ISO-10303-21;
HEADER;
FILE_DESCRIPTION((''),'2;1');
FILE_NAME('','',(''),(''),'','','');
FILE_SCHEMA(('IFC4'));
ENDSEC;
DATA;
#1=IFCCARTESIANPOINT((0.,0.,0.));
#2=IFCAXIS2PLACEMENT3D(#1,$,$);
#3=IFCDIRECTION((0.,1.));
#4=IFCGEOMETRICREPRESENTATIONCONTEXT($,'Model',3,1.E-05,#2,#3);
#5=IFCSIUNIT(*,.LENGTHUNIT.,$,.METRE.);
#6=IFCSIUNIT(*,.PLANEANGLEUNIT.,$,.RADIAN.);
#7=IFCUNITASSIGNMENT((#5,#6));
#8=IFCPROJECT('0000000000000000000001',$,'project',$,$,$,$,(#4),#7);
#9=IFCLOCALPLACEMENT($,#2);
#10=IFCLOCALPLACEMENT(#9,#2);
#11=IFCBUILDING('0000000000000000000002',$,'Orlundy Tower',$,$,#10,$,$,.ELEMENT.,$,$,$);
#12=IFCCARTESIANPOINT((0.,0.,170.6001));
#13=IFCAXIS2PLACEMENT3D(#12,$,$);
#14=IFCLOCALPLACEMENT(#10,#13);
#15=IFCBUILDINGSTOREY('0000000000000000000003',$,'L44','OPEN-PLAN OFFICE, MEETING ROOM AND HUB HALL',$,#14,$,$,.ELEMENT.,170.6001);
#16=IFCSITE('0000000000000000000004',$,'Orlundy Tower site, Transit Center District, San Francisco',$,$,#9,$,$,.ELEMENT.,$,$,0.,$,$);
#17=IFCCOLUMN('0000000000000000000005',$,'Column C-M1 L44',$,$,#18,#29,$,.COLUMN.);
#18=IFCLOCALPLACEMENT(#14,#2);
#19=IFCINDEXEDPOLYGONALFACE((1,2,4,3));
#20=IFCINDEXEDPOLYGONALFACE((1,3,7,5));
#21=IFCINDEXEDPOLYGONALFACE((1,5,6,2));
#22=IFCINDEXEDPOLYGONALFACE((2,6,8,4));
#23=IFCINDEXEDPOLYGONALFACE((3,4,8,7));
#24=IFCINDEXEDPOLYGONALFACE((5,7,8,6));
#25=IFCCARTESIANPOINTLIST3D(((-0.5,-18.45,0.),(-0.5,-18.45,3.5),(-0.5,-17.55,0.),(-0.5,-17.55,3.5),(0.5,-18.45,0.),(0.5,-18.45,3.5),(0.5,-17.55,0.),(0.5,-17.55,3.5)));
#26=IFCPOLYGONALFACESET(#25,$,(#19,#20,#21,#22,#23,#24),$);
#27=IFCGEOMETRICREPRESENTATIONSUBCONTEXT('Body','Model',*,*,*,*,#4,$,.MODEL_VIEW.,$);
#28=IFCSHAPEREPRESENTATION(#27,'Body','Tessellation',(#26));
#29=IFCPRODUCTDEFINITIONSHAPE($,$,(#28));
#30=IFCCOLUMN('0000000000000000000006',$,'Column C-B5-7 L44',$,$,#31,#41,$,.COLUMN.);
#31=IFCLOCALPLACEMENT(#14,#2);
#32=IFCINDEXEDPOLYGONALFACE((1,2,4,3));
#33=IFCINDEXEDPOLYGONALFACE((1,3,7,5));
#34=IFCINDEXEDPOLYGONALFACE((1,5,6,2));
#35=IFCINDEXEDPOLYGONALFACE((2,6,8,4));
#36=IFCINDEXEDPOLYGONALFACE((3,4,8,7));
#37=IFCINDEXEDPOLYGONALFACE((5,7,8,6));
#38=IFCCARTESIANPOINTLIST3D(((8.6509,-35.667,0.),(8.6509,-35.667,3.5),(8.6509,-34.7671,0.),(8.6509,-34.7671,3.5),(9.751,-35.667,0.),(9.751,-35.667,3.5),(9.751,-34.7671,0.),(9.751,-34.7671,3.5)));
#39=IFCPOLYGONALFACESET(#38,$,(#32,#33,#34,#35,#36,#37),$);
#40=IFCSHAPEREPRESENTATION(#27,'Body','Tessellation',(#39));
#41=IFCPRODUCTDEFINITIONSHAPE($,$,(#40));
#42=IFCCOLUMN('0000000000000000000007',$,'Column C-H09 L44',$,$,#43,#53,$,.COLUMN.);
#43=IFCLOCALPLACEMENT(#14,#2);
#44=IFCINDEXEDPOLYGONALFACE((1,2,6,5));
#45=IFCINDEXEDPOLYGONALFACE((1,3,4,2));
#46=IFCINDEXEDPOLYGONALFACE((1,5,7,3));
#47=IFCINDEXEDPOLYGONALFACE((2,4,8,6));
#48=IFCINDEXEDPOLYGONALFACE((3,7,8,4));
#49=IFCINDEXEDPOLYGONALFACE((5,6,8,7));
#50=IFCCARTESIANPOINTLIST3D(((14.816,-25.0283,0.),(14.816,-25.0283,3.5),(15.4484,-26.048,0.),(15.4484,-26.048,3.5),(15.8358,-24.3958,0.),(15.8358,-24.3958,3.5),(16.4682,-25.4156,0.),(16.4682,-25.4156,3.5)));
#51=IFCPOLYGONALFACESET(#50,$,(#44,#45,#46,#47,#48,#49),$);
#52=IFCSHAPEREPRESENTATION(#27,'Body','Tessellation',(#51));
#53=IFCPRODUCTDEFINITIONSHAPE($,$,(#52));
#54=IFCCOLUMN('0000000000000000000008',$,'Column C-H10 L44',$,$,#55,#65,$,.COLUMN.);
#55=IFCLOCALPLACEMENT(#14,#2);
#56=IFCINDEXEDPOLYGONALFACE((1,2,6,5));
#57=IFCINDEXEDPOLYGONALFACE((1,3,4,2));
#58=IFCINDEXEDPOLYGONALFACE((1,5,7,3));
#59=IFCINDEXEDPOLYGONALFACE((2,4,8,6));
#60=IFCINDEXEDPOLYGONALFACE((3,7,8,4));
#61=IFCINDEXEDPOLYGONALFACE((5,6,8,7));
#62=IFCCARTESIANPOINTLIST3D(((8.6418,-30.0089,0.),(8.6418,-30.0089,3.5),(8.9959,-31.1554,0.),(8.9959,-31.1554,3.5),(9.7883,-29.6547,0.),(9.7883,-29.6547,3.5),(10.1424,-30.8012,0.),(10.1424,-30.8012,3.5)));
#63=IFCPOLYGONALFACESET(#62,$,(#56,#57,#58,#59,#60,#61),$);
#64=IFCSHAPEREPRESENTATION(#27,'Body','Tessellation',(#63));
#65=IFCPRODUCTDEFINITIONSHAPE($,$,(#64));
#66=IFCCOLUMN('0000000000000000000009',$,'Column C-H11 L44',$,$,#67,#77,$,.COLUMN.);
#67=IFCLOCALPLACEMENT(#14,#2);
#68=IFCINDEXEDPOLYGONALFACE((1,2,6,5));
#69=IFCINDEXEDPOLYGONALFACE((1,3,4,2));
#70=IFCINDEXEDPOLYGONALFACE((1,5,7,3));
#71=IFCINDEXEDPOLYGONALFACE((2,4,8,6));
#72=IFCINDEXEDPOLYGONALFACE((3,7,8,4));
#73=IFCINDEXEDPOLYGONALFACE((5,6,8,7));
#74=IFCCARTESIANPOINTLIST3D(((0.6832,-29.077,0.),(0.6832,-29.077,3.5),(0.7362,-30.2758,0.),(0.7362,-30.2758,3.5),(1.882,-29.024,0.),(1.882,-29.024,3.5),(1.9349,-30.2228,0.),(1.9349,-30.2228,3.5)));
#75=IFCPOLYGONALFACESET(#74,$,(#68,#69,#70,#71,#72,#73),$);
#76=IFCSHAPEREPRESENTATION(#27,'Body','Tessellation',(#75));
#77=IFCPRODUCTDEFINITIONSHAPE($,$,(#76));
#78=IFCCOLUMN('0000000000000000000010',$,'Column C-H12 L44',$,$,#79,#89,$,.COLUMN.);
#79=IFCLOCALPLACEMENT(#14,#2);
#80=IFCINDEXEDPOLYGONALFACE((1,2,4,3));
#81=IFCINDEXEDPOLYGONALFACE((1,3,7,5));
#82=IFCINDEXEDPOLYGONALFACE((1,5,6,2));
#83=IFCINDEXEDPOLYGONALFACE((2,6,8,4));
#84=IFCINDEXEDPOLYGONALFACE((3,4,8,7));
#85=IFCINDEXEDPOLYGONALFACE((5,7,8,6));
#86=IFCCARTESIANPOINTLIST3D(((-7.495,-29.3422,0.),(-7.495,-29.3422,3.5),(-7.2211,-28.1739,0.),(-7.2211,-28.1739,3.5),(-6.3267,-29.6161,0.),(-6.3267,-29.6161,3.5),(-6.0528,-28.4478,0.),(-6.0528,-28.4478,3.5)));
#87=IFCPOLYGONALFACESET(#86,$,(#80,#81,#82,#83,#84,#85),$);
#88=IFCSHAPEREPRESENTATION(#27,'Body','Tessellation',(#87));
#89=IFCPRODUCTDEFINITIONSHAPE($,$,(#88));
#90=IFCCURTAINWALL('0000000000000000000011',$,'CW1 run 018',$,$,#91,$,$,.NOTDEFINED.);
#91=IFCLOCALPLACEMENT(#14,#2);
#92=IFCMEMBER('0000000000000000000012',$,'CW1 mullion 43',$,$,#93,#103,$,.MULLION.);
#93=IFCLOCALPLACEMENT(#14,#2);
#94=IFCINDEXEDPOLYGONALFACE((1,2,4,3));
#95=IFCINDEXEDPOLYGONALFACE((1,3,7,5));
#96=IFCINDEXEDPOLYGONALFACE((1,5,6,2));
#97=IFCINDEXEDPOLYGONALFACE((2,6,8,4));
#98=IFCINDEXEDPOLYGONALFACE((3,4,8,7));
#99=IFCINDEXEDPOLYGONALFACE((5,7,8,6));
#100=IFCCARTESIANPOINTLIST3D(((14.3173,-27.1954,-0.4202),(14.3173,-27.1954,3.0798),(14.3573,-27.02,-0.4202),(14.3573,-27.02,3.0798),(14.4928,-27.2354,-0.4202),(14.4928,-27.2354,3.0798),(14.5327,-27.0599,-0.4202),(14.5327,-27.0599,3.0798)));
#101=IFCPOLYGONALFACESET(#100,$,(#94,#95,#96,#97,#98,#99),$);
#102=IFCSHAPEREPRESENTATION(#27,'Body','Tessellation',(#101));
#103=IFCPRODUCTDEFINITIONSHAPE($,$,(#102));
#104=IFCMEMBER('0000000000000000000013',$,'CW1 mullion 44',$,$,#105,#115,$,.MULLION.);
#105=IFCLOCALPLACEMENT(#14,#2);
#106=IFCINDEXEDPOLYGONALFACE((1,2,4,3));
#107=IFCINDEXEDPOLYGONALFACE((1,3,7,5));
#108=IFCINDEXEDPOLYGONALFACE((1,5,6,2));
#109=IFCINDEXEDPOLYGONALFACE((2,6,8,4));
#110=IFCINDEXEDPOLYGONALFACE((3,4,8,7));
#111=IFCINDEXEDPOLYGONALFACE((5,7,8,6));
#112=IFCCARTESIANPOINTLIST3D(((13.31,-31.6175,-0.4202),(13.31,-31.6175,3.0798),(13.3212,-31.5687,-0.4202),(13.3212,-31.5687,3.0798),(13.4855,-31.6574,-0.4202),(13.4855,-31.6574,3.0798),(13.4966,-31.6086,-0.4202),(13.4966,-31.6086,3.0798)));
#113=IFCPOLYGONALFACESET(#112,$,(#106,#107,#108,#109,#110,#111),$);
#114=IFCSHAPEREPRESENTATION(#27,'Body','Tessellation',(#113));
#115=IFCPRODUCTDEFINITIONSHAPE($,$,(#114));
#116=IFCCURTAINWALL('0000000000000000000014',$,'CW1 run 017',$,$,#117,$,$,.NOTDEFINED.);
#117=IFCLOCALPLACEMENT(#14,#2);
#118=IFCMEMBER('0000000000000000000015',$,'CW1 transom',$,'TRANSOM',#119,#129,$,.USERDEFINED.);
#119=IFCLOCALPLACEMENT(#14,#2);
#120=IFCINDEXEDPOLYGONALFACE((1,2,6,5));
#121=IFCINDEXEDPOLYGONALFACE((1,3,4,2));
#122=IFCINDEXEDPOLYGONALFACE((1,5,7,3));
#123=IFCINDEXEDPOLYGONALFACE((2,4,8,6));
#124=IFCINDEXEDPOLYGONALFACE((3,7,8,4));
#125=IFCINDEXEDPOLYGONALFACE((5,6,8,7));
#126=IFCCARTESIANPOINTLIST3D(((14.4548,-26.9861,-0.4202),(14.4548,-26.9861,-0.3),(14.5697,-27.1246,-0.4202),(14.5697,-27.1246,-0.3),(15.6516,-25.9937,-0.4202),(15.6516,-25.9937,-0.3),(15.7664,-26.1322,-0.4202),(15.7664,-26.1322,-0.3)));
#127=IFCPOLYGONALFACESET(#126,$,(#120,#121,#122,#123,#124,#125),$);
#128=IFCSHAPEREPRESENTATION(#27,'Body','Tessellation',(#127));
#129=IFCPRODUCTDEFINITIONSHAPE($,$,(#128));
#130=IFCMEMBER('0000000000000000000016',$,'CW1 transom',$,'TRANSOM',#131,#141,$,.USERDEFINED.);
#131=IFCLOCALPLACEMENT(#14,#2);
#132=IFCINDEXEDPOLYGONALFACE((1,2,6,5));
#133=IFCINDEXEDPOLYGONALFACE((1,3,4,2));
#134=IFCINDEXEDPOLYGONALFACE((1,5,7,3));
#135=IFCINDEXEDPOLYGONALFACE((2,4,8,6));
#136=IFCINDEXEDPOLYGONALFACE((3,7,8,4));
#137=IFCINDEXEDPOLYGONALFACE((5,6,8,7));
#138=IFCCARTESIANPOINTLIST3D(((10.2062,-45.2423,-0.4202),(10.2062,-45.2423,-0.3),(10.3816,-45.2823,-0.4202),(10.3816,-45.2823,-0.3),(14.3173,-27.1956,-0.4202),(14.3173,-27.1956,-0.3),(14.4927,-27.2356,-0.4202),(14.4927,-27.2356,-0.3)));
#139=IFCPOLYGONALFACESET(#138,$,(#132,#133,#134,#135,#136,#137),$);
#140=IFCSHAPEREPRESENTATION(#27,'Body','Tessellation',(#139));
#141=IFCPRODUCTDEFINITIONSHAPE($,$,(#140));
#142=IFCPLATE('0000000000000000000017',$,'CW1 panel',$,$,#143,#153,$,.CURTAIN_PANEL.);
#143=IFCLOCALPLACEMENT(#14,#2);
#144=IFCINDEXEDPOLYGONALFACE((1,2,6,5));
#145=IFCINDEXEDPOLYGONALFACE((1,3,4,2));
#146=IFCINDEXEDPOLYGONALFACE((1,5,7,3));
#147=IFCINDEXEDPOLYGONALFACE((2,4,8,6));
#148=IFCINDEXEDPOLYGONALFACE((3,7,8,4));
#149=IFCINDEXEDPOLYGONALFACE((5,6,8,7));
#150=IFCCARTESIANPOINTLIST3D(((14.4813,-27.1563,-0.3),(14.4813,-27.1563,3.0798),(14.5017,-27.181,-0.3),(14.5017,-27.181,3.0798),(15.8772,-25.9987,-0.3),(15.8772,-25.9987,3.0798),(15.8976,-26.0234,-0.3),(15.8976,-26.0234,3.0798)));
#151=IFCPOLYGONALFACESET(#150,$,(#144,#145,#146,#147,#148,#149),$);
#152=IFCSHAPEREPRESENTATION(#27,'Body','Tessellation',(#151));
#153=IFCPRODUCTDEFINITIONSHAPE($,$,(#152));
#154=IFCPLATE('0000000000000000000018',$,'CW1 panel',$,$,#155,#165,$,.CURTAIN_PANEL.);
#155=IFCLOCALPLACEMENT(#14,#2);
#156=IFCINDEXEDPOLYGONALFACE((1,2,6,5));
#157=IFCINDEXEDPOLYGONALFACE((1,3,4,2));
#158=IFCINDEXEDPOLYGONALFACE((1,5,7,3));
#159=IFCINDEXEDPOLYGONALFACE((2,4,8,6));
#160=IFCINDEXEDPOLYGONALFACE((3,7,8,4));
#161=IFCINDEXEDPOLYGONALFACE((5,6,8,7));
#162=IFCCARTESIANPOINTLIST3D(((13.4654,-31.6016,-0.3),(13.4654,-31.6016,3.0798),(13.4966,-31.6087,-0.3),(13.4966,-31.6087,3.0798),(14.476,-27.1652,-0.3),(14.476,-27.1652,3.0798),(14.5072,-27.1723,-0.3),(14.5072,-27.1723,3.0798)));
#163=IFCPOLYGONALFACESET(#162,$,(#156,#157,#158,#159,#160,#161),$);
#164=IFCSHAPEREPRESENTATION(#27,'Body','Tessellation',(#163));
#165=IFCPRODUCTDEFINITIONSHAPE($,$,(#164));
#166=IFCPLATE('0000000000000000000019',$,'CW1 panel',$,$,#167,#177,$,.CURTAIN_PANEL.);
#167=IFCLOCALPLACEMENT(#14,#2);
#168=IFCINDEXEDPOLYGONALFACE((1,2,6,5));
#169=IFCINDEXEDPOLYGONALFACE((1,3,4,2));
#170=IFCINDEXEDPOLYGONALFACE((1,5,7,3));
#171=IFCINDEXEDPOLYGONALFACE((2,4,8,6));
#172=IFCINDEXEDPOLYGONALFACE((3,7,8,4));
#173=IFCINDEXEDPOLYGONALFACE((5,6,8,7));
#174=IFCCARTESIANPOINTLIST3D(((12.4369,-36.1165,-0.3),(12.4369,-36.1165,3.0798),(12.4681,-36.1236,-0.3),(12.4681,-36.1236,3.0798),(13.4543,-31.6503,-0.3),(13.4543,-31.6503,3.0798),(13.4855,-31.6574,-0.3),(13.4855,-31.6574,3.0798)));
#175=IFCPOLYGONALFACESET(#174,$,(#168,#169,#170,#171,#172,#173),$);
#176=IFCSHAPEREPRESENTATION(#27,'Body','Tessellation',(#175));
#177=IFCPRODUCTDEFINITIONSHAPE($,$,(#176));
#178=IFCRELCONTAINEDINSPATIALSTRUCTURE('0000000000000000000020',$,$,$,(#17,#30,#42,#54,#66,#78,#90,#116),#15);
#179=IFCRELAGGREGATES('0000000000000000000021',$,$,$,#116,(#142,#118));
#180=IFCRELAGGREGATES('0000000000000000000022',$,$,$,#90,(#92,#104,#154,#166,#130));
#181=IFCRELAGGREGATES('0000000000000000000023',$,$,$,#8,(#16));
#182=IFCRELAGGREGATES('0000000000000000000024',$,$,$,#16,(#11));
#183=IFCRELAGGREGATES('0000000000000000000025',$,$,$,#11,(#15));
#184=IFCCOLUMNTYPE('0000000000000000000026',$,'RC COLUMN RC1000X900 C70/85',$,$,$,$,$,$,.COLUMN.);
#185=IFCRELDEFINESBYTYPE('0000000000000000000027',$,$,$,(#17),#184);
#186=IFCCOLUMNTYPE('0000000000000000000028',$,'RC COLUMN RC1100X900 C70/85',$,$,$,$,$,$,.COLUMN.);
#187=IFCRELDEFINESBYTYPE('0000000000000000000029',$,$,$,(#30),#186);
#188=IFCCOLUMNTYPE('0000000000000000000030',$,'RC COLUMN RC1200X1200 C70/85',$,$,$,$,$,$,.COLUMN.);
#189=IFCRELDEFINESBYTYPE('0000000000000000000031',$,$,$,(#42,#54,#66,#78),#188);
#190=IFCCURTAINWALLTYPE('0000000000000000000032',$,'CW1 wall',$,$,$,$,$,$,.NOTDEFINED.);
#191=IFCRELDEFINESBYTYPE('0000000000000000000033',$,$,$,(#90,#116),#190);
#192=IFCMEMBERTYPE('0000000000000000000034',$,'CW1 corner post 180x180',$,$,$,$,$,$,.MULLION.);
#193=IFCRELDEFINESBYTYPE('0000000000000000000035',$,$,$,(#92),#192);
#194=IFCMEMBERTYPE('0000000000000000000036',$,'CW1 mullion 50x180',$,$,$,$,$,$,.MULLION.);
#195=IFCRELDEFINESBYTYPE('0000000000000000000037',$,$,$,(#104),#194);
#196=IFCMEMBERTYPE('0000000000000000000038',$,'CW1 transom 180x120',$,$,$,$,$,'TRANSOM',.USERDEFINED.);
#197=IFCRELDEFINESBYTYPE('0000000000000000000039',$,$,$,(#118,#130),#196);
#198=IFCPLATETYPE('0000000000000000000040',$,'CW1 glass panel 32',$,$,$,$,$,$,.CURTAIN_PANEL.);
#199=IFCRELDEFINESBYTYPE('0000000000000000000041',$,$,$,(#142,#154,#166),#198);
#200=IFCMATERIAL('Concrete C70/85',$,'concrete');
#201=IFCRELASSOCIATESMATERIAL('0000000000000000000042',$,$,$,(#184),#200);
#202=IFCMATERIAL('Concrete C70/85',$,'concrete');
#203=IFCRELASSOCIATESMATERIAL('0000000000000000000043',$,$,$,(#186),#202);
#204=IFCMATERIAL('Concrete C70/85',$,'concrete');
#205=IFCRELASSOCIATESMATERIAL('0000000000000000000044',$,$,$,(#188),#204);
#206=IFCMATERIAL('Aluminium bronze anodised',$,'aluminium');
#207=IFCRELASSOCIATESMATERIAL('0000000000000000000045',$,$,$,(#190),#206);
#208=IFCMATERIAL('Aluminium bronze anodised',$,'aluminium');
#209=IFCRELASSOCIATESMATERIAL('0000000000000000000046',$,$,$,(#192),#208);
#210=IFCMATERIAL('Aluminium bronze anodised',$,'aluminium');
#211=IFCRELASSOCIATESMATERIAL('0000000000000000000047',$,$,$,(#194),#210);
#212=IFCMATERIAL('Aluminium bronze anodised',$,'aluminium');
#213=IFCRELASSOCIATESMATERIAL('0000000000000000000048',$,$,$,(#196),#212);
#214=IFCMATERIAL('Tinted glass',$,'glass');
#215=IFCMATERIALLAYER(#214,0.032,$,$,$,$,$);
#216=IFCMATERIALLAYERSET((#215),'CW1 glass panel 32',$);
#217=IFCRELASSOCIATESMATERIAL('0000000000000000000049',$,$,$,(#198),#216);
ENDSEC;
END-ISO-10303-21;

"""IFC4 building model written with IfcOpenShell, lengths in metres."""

from ifc_helpers import new_model, si_unit, direction, frame, origin, origin_2d, place, context, subcontext, project, spatial, rectangle, extrude, material, layer, layer_set, material_profile, profile_set, type_object, element, aggregate, save


model = new_model("IFC4")

# Units and contexts
model_context = context("Model", 3, precision=1e-05, world=origin(), true_north=direction((0.0, 1.0)))
body_context = subcontext(model_context, "Body", "Model", "MODEL_VIEW")
ifc_project = project(units=[si_unit("LENGTHUNIT", "METRE"), si_unit("PLANEANGLEUNIT", "RADIAN")], contexts=[model_context])

# Site, building, storey
site_placement = place(None, origin())
site = spatial("IfcSite", under=ifc_project, at=site_placement, Name="Orlundy Tower site, Transit Center District, San Francisco", CompositionType="ELEMENT", RefElevation=0.0)
building_placement = place(site_placement, origin())
building = spatial("IfcBuilding", under=site, at=building_placement, Name="Orlundy Tower", CompositionType="ELEMENT")
storey_placement = place(building_placement, frame((0.0, 0.0, 170.6001)))
storey = spatial("IfcBuildingStorey", under=building, at=storey_placement, Name="L44", Description="OPEN-PLAN OFFICE, MEETING ROOM AND HUB HALL", CompositionType="ELEMENT", Elevation=170.6001)

# Columns
ifc_material_1 = material(Name="Concrete C70/85", Category="concrete")
ifc_material_profile_1 = material_profile(ifc_material_1, rectangle(XDim=1.0, YDim=0.8999, at=origin_2d()), Name="RC1000X900")
ifc_profile_set_1 = profile_set([ifc_material_profile_1], Name="Concrete C70/85")
column_type_1 = type_object("IfcColumnType", Name="RC COLUMN RC1000X900 C70/85", PredefinedType="COLUMN", material=ifc_profile_set_1)
column_1_placement = place(storey_placement, frame((0.0, -18.0, 0.0), z_axis=(0.0, 0.0, 1.0), x_axis=(1.0, 0.0, 0.0)))
element("IfcColumn", 1, at=column_1_placement, inside=storey, type_object=column_type_1, Name="Column C-M1 L44", PredefinedType="COLUMN", context=body_context, shape_type="SweptSolid", body=[
    extrude(rectangle(XDim=1.0, YDim=0.8999, at=origin_2d()), origin(), (0.0, 0.0, 1.0), 3.5),
])
ifc_material_2 = material(Name="Concrete C70/85", Category="concrete")
ifc_material_profile_2 = material_profile(ifc_material_2, rectangle(XDim=1.1001, YDim=0.8999, at=origin_2d()), Name="RC1100X900")
ifc_profile_set_2 = profile_set([ifc_material_profile_2], Name="Concrete C70/85")
column_type_2 = type_object("IfcColumnType", Name="RC COLUMN RC1100X900 C70/85", PredefinedType="COLUMN", material=ifc_profile_set_2)
column_2_placement = place(storey_placement, frame((9.2009, -35.217, 0.0), z_axis=(0.0, 0.0, 1.0), x_axis=(1.0, 0.0, 0.0)))
element("IfcColumn", 2, at=column_2_placement, inside=storey, type_object=column_type_2, Name="Column C-B5-7 L44", PredefinedType="COLUMN", context=body_context, shape_type="SweptSolid", body=[
    extrude(rectangle(XDim=1.1001, YDim=0.8999, at=origin_2d()), origin(), (0.0, 0.0, 1.0), 3.5),
])
ifc_material_3 = material(Name="Concrete C70/85", Category="concrete")
ifc_material_profile_3 = material_profile(ifc_material_3, rectangle(XDim=1.2, YDim=1.2, at=origin_2d()), Name="RC1200X1200")
ifc_profile_set_3 = profile_set([ifc_material_profile_3], Name="Concrete C70/85")
column_type_3 = type_object("IfcColumnType", Name="RC COLUMN RC1200X1200 C70/85", PredefinedType="COLUMN", material=ifc_profile_set_3)
for number, where, z_axis, x_axis, name in (
    (3, (15.6421, -25.2219, 0.0), (0.0, 0.0, 1.0), (0.527045, -0.849838, 0.0), "Column C-H09 L44"),
    (4, (9.3921, -30.405, 0.0), (0.0, 0.0, 1.0), (0.295141, -0.955454, 0.0), "Column C-H10 L44"),
    (5, (1.3091, -29.6499, 0.0), (0.0, 0.0, 1.0), (0.044108, -0.999027, 0.0), "Column C-H11 L44"),
    (6, (-6.7739, -28.895, 0.0), (0.0, 0.0, 1.0), (-0.228249, -0.973603, 0.0), "Column C-H12 L44"),
):
    element("IfcColumn", number, at=place(storey_placement, frame(where, z_axis=z_axis, x_axis=x_axis)), inside=storey, type_object=column_type_3, Name=name, PredefinedType="COLUMN", context=body_context, shape_type="SweptSolid", body=[
        extrude(rectangle(XDim=1.2, YDim=1.2, at=origin_2d()), origin(), (0.0, 0.0, 1.0), 3.5),
    ])

# Curtain wall, members
ifc_material_4 = material(Name="Aluminium bronze anodised", Category="aluminium")
curtain_wall_type = type_object("IfcCurtainWallType", Name="CW1 wall", PredefinedType="NOTDEFINED", material=ifc_material_4)
curtain_wall_1_placement = place(storey_placement, origin())
curtain_wall_1 = element("IfcCurtainWall", 7, at=curtain_wall_1_placement, inside=storey, type_object=curtain_wall_type, Name="CW1 run 018", PredefinedType="NOTDEFINED")
ifc_material_5 = material(Name="Aluminium bronze anodised", Category="aluminium")
ifc_material_profile_4 = material_profile(ifc_material_5, rectangle(XDim=0.1799, YDim=0.1799, at=origin_2d()), Name="CW1 corner post 180x180")
ifc_profile_set_4 = profile_set([ifc_material_profile_4], Name="Aluminium bronze anodised")
member_type_1 = type_object("IfcMemberType", Name="CW1 corner post 180x180", PredefinedType="MULLION", material=ifc_profile_set_4)
member_1_placement = place(storey_placement, frame((14.425, -27.1277, -0.4202), z_axis=(0.0, 0.0, 1.0), x_axis=(0.975022, -0.222106, 0.0)))
member_1 = element("IfcMember", 8, at=member_1_placement, type_object=member_type_1, Name="CW1 mullion 43", PredefinedType="MULLION", context=body_context, shape_type="SweptSolid", body=[
    extrude(rectangle(XDim=0.1799, YDim=0.1799, at=origin_2d()), origin(), (0.0, 0.0, 1.0), 3.5),
])
ifc_material_6 = material(Name="Aluminium bronze anodised", Category="aluminium")
ifc_material_profile_5 = material_profile(ifc_material_6, rectangle(XDim=0.1799, YDim=0.05, at=origin_2d()), Name="CW1 mullion 50x180")
ifc_profile_set_5 = profile_set([ifc_material_profile_5], Name="Aluminium bronze anodised")
member_type_2 = type_object("IfcMemberType", Name="CW1 mullion 50x180", PredefinedType="MULLION", material=ifc_profile_set_5)
member_2_placement = place(storey_placement, frame((13.4033, -31.613, -0.4202), z_axis=(0.0, 0.0, 1.0), x_axis=(0.975022, -0.222106, 0.0)))
member_2 = element("IfcMember", 9, at=member_2_placement, type_object=member_type_2, Name="CW1 mullion 44", PredefinedType="MULLION", context=body_context, shape_type="SweptSolid", body=[
    extrude(rectangle(XDim=0.1799, YDim=0.05, at=origin_2d()), origin(), (0.0, 0.0, 1.0), 3.5),
])

# Curtain wall, member
curtain_wall_2_placement = place(storey_placement, origin())
curtain_wall_2 = element("IfcCurtainWall", 10, at=curtain_wall_2_placement, inside=storey, type_object=curtain_wall_type, Name="CW1 run 017", PredefinedType="NOTDEFINED")
ifc_material_7 = material(Name="Aluminium bronze anodised", Category="aluminium")
ifc_material_profile_6 = material_profile(ifc_material_7, rectangle(XDim=0.1799, YDim=0.1201, at=origin_2d()), Name="CW1 transom 180x120")
ifc_profile_set_6 = profile_set([ifc_material_profile_6], Name="Aluminium bronze anodised")
member_type_3 = type_object("IfcMemberType", Name="CW1 transom 180x120", ElementType="TRANSOM", PredefinedType="USERDEFINED", material=ifc_profile_set_6)
member_3_placement = place(storey_placement, frame((15.709, -26.063, -0.3601), z_axis=(-0.769764, -0.638329, 0.0), x_axis=(0.638329, -0.769764, 0.0)))
member_3 = element("IfcMember", 11, at=member_3_placement, type_object=member_type_3, Name="CW1 transom", ObjectType="TRANSOM", PredefinedType="USERDEFINED", context=body_context, shape_type="SweptSolid", body=[
    extrude(rectangle(XDim=0.1799, YDim=0.1201, at=origin_2d()), origin(), (0.0, 0.0, 1.0), 1.5547),
])

# Member
member_4_placement = place(storey_placement, frame((14.405, -27.2156, -0.3601), z_axis=(-0.222113, -0.975021, 0.0), x_axis=(0.975021, -0.222113, 0.0)))
member_4 = element("IfcMember", 12, at=member_4_placement, type_object=member_type_3, Name="CW1 transom", ObjectType="TRANSOM", PredefinedType="USERDEFINED", context=body_context, shape_type="SweptSolid", body=[
    extrude(rectangle(XDim=0.1799, YDim=0.1201, at=origin_2d()), origin(), (0.0, 0.0, 1.0), 18.509),
])

# Plates
ifc_material_8 = material(Name="Tinted glass", Category="glass")
ifc_layer_1 = layer(ifc_material_8, 0.032)
ifc_layer_set_1 = layer_set([ifc_layer_1], Name="CW1 glass panel 32")
plate_type = type_object("IfcPlateType", Name="CW1 glass panel 32", PredefinedType="CURTAIN_PANEL", material=ifc_layer_set_1)
plate_1_placement = place(storey_placement, frame((15.1895, -26.5898, -0.3), z_axis=(0.0, 0.0, 1.0), x_axis=(-0.769762, -0.638331, 0.0)))
plate_1 = element("IfcPlate", 13, at=plate_1_placement, type_object=plate_type, Name="CW1 panel", PredefinedType="CURTAIN_PANEL", context=body_context, shape_type="SweptSolid", body=[
    extrude(rectangle(XDim=1.8135, YDim=0.032, at=origin_2d()), origin(), (0.0, 0.0, 1.0), 3.3799),
])
aggregate(curtain_wall_2, [plate_1, member_3])
plate_2_placement = place(storey_placement, frame((13.9863, -29.387, -0.3), z_axis=(0.0, 0.0, 1.0), x_axis=(-0.222106, -0.975022, 0.0)))
plate_2 = element("IfcPlate", 14, at=plate_2_placement, type_object=plate_type, Name="CW1 panel", PredefinedType="CURTAIN_PANEL", context=body_context, shape_type="SweptSolid", body=[
    extrude(rectangle(XDim=4.55, YDim=0.032, at=origin_2d()), origin(), (0.0, 0.0, 1.0), 3.3799),
])
plate_3_placement = place(storey_placement, frame((12.9612, -33.887, -0.3), z_axis=(0.0, 0.0, 1.0), x_axis=(-0.222106, -0.975022, 0.0)))
plate_3 = element("IfcPlate", 15, at=plate_3_placement, type_object=plate_type, Name="CW1 panel", PredefinedType="CURTAIN_PANEL", context=body_context, shape_type="SweptSolid", body=[
    extrude(rectangle(XDim=4.5806, YDim=0.032, at=origin_2d()), origin(), (0.0, 0.0, 1.0), 3.3799),
])
aggregate(curtain_wall_1, [member_1, member_2, plate_2, plate_3, member_4])

save(model, "model.ifc")
